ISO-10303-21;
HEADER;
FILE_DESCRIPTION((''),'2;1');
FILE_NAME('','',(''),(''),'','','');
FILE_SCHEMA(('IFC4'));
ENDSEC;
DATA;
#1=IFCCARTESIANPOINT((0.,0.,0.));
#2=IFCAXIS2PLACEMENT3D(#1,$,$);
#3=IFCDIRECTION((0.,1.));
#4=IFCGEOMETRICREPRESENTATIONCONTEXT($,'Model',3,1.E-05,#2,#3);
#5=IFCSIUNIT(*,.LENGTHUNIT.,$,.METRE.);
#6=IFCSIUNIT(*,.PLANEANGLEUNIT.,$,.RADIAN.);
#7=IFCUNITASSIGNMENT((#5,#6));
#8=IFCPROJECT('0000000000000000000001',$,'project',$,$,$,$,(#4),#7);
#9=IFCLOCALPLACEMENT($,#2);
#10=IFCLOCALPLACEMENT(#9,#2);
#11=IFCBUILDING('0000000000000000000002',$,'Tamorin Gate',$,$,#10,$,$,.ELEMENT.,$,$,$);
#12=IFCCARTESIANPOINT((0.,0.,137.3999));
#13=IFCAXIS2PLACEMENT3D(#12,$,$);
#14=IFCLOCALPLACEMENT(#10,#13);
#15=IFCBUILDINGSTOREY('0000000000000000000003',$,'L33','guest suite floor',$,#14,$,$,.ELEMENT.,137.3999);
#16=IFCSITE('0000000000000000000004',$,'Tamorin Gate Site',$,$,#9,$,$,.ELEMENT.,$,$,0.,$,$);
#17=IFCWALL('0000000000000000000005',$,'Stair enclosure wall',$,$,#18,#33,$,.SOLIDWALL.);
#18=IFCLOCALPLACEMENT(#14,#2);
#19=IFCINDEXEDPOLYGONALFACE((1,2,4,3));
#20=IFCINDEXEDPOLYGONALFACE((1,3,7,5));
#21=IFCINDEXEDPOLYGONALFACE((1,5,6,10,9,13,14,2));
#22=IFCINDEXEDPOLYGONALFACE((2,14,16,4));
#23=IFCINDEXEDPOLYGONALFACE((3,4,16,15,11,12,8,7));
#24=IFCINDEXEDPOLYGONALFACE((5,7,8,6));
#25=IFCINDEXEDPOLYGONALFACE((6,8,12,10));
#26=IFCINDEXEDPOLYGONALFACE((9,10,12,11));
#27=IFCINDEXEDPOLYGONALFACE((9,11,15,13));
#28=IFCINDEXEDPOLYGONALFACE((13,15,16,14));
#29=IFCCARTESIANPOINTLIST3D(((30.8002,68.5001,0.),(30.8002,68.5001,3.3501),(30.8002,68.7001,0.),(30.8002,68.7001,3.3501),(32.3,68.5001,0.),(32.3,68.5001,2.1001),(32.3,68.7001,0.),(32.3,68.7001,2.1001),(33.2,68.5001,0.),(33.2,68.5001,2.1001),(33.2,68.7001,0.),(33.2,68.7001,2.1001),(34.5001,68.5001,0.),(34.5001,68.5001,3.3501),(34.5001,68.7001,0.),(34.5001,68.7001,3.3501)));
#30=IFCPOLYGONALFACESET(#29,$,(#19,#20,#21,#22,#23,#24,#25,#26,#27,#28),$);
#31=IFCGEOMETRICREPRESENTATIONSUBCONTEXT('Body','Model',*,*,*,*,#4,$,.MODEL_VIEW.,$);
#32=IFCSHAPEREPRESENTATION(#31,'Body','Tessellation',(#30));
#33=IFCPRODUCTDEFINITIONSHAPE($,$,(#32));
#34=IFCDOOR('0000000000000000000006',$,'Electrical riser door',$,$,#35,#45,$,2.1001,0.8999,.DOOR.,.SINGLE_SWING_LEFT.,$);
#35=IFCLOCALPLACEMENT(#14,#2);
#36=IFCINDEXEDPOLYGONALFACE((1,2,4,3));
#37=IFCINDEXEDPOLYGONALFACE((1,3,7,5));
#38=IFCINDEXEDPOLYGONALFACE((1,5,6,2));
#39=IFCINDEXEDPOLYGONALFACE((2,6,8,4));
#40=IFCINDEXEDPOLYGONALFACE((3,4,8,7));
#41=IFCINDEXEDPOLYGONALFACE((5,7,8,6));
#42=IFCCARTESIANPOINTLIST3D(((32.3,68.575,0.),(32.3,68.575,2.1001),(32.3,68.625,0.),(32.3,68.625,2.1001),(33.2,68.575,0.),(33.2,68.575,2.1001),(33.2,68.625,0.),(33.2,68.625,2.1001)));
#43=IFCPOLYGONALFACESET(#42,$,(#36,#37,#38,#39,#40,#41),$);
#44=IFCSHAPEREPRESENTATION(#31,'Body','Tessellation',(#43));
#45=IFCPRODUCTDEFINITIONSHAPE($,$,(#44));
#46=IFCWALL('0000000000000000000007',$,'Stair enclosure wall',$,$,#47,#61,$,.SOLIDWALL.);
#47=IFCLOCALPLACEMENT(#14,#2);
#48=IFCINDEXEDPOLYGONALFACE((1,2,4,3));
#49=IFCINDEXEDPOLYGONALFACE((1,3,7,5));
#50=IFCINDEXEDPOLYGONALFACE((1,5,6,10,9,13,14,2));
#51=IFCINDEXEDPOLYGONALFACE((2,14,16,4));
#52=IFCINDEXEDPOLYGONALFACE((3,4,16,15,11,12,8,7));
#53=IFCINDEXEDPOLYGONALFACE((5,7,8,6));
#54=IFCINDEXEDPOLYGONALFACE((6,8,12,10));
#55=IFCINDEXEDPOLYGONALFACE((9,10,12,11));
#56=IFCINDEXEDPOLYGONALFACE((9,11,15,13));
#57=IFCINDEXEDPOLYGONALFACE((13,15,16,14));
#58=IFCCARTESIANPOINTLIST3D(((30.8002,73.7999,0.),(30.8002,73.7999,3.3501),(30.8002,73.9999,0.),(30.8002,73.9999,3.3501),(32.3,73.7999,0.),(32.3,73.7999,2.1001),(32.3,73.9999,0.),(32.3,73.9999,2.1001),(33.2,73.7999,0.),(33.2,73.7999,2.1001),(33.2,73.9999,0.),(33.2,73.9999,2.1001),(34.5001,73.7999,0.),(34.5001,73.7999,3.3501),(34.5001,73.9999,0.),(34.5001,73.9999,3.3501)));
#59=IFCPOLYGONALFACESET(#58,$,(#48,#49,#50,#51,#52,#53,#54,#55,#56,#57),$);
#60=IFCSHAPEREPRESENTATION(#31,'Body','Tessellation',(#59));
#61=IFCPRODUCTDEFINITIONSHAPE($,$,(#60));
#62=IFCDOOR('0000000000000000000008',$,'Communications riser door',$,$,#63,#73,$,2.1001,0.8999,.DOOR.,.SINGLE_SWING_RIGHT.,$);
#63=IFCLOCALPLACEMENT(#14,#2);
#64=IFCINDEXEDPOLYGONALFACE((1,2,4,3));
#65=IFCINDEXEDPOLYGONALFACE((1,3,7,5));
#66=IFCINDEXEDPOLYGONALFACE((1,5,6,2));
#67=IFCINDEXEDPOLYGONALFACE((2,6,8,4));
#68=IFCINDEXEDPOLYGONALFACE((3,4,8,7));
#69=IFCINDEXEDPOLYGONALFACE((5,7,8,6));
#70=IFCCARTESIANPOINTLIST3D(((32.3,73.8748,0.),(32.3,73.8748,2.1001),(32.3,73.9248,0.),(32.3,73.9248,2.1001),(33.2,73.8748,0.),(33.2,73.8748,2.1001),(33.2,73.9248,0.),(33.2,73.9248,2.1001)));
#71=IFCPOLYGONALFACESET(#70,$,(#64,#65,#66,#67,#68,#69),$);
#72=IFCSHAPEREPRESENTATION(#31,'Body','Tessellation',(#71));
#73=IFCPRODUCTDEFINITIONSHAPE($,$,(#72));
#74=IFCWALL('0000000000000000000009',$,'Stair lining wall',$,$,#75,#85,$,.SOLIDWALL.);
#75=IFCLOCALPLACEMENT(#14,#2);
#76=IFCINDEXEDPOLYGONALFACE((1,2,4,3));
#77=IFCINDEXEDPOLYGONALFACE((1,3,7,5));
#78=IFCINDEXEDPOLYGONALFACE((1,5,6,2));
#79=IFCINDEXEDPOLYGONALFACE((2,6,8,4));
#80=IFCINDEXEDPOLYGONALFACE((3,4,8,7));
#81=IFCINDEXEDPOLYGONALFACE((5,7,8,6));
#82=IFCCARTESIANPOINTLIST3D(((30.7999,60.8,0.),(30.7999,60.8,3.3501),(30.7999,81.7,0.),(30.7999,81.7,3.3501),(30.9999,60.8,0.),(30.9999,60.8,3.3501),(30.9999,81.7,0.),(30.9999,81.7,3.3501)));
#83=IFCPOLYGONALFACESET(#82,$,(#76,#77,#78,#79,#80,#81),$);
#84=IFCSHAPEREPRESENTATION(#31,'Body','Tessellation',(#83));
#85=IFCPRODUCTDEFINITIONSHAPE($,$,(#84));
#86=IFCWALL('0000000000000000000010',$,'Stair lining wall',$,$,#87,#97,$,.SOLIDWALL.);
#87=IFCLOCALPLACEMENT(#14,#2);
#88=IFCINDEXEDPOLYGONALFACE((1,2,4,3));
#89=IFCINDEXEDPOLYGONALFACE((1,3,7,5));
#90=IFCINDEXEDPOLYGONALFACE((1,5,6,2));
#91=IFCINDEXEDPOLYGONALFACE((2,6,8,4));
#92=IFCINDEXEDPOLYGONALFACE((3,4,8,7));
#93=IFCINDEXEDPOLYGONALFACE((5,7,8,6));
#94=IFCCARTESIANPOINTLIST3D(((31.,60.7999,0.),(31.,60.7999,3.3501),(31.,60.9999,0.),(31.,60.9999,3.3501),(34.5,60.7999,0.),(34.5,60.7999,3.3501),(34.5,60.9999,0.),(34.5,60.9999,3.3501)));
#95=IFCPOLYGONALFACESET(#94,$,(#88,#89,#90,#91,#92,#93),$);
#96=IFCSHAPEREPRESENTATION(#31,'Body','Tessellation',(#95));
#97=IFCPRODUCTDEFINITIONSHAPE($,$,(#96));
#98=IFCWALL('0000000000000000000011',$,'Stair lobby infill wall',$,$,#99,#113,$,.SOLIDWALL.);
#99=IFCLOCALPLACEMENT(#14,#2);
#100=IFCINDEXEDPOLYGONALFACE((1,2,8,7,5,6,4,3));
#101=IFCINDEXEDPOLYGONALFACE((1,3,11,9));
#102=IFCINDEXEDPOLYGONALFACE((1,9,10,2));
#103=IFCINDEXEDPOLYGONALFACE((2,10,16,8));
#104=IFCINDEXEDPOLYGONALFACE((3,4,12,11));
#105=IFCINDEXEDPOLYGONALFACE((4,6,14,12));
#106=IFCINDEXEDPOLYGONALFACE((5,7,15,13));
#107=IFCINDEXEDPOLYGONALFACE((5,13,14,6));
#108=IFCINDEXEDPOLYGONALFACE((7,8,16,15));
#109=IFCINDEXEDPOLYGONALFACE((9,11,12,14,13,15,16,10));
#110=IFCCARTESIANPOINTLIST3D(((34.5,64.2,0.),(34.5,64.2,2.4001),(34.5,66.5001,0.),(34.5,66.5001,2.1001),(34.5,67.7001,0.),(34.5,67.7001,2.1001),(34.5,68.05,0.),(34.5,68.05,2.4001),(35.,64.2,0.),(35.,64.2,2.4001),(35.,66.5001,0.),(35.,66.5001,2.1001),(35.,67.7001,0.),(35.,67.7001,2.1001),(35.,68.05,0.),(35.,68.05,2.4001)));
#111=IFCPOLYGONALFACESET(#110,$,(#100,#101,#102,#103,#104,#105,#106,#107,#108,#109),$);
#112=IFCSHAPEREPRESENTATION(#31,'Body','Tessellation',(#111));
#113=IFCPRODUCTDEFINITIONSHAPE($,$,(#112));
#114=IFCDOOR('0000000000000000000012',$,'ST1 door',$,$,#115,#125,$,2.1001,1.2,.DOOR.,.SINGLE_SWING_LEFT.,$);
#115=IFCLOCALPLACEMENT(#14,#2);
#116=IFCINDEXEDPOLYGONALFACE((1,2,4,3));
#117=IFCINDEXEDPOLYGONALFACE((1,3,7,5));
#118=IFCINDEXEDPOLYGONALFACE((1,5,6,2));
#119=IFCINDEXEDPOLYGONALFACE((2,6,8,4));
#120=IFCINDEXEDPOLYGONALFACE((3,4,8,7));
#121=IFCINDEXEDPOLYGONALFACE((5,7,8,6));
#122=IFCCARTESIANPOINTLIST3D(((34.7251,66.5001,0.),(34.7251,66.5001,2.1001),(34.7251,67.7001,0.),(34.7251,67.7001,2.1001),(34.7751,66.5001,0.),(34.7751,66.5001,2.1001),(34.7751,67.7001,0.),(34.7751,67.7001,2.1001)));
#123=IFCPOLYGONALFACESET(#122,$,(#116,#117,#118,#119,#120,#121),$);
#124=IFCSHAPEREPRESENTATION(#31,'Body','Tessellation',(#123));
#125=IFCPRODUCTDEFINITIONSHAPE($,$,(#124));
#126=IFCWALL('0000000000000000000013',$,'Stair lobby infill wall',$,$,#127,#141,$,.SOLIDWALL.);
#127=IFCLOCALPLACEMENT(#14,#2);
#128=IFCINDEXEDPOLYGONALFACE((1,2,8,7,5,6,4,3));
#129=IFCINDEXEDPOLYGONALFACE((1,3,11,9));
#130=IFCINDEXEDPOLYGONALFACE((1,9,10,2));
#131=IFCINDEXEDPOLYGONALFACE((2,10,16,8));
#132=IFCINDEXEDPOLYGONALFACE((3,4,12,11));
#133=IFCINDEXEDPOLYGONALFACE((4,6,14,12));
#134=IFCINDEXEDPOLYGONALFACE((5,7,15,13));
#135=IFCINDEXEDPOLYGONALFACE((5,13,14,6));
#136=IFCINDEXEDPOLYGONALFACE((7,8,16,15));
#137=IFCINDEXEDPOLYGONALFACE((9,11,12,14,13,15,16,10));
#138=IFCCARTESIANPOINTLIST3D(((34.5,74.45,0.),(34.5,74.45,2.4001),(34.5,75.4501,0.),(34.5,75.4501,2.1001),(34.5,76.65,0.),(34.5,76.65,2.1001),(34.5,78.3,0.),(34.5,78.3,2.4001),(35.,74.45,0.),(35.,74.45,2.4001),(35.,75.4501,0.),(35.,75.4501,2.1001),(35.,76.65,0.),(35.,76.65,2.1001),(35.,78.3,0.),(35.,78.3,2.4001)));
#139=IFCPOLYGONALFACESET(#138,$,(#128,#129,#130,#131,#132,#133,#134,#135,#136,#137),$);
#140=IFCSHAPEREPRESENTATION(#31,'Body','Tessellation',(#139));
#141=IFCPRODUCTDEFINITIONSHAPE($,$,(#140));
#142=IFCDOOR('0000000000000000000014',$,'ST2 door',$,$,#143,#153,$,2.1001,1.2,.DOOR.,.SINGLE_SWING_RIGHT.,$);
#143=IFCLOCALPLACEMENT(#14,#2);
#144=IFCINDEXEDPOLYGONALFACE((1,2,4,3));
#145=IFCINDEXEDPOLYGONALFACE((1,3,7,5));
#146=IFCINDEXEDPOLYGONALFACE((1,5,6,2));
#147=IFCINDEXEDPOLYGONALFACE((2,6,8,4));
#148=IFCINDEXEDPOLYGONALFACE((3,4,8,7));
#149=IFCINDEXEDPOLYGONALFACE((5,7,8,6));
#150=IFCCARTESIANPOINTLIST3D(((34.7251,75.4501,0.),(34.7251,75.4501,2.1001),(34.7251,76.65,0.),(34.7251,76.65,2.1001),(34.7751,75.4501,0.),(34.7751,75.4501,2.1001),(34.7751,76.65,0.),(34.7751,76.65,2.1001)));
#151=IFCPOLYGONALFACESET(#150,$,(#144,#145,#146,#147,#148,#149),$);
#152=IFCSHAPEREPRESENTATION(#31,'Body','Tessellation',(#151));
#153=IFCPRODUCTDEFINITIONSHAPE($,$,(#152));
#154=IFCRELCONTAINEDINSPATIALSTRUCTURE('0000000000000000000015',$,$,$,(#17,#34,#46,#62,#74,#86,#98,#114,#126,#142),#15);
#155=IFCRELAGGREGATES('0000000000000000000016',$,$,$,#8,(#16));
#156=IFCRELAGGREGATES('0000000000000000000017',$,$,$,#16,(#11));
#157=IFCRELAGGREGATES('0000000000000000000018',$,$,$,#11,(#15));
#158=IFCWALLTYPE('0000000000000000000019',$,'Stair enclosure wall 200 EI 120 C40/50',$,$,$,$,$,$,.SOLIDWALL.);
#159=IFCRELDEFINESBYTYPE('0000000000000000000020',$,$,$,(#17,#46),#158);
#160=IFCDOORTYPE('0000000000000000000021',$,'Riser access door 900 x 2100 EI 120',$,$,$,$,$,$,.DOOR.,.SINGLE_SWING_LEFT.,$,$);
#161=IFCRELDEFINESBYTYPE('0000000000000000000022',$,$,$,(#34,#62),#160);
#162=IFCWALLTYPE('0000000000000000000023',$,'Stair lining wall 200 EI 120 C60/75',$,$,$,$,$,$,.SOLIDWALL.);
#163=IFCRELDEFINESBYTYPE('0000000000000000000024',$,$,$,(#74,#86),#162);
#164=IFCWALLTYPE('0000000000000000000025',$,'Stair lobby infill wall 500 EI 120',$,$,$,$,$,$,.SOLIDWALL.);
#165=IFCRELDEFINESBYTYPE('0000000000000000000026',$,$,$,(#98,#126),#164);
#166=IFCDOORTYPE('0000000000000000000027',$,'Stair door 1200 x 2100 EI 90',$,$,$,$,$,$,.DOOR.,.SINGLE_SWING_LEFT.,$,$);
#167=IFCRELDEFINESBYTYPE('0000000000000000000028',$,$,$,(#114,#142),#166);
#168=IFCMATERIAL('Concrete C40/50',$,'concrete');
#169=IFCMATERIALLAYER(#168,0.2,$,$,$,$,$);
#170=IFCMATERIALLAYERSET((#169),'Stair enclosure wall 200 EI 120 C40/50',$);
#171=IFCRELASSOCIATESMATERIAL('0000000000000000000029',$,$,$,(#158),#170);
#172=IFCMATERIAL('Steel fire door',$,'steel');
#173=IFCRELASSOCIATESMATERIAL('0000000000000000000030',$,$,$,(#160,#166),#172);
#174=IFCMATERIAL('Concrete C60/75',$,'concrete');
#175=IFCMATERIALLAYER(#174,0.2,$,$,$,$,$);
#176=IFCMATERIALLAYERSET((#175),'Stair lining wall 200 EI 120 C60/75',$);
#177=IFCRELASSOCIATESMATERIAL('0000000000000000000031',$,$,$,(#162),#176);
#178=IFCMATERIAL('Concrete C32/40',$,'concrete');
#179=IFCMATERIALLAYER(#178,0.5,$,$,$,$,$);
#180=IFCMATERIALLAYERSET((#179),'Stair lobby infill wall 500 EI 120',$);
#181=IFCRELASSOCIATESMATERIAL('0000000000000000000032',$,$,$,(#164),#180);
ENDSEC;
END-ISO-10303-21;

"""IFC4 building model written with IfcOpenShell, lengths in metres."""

from ifc_helpers import new_model, si_unit, direction, frame, frame_2d, origin, place, context, subcontext, project, spatial, rectangle, extrude, material, layer, layer_set, type_object, element, fill, save


model = new_model("IFC4")

# Units and contexts
model_context = context("Model", 3, precision=1e-05, world=origin(), true_north=direction((0.0, 1.0)))
body_context = subcontext(model_context, "Body", "Model", "MODEL_VIEW")
ifc_project = project(units=[si_unit("LENGTHUNIT", "METRE"), si_unit("PLANEANGLEUNIT", "RADIAN")], contexts=[model_context])

# Site, building, storey
site_placement = place(None, origin())
site = spatial("IfcSite", under=ifc_project, at=site_placement, Name="Tamorin Gate Site", CompositionType="ELEMENT", RefElevation=0.0)
building_placement = place(site_placement, origin())
building = spatial("IfcBuilding", under=site, at=building_placement, Name="Tamorin Gate", CompositionType="ELEMENT")
storey_placement = place(building_placement, frame((0.0, 0.0, 137.3999)))
storey = spatial("IfcBuildingStorey", under=building, at=storey_placement, Name="L33", Description="guest suite floor", CompositionType="ELEMENT", Elevation=137.3999)

# Shared definitions
ifc_material_1 = material(Name="Concrete C60/75", Category="concrete")

# Walls, openings, doors
ifc_material_2 = material(Name="Concrete C40/50", Category="concrete")
ifc_layer_1 = layer(ifc_material_2, 0.2)
ifc_layer_set_1 = layer_set([ifc_layer_1], Name="Stair enclosure wall 200 EI 120 C40/50")
wall_type_1 = type_object("IfcWallType", Name="Stair enclosure wall 200 EI 120 C40/50", PredefinedType="SOLIDWALL", material=ifc_layer_set_1)
wall_1_placement = place(storey_placement, frame((30.8, 68.6001, 0.0), z_axis=(0.0, 0.0, 1.0), x_axis=(1.0, 0.0, 0.0)))
wall_1 = element("IfcWall", 1, at=wall_1_placement, inside=storey, type_object=wall_type_1, Name="Stair enclosure wall", PredefinedType="SOLIDWALL", context=body_context, shape_type="SweptSolid", body=[
    extrude(rectangle(XDim=3.7, YDim=0.2, at=frame_2d((1.8501, 0.0))), origin(), (0.0, 0.0, 1.0), 3.3501),
])
opening_1_placement = place(wall_1_placement, frame((1.5, 0.0, 0.0)))
opening_1 = element("IfcOpeningElement", 2, at=opening_1_placement, cuts=wall_1, PredefinedType="OPENING", context=body_context, shape_type="SweptSolid", body=[
    extrude(rectangle(XDim=0.8999, YDim=2.1001, at=frame_2d((0.45, 1.05))), frame((0.0, 0.1099, 0.0), z_axis=(0.0, -1.0, 0.0), x_axis=(1.0, 0.0, 0.0)), (0.0, 0.0, 1.0), 0.22),
])
ifc_material_3 = material(Name="Steel fire door", Category="steel")
door_type_1 = type_object("IfcDoorType", Name="Riser access door 900 x 2100 EI 120", OperationType="SINGLE_SWING_LEFT", PredefinedType="DOOR", material=ifc_material_3)
door_1_placement = place(opening_1_placement, origin())
door_1 = element("IfcDoor", 3, at=door_1_placement, inside=storey, type_object=door_type_1, Name="Electrical riser door", OperationType="SINGLE_SWING_LEFT", OverallHeight=2.1001, OverallWidth=0.8999, PredefinedType="DOOR", context=body_context, shape_type="SweptSolid", body=[
    extrude(rectangle(XDim=0.8999, YDim=2.1001, at=frame_2d((0.45, 1.05))), frame((0.0, 0.0249, 0.0), z_axis=(0.0, -1.0, 0.0), x_axis=(1.0, 0.0, 0.0)), (0.0, 0.0, 1.0), 0.05),
])
fill(opening_1, door_1)
wall_2_placement = place(storey_placement, frame((30.8, 73.8999, 0.0), z_axis=(0.0, 0.0, 1.0), x_axis=(1.0, 0.0, 0.0)))
wall_2 = element("IfcWall", 4, at=wall_2_placement, inside=storey, type_object=wall_type_1, Name="Stair enclosure wall", PredefinedType="SOLIDWALL", context=body_context, shape_type="SweptSolid", body=[
    extrude(rectangle(XDim=3.7, YDim=0.2, at=frame_2d((1.8501, 0.0))), origin(), (0.0, 0.0, 1.0), 3.3501),
])
opening_2_placement = place(wall_2_placement, frame((1.5, 0.0, 0.0)))
opening_2 = element("IfcOpeningElement", 5, at=opening_2_placement, cuts=wall_2, PredefinedType="OPENING", context=body_context, shape_type="SweptSolid", body=[
    extrude(rectangle(XDim=0.8999, YDim=2.1001, at=frame_2d((0.45, 1.05))), frame((0.0, 0.1099, 0.0), z_axis=(0.0, -1.0, 0.0), x_axis=(1.0, 0.0, 0.0)), (0.0, 0.0, 1.0), 0.22),
])
door_2_placement = place(opening_2_placement, origin())
door_2 = element("IfcDoor", 6, at=door_2_placement, inside=storey, type_object=door_type_1, Name="Communications riser door", OperationType="SINGLE_SWING_RIGHT", OverallHeight=2.1001, OverallWidth=0.8999, PredefinedType="DOOR", context=body_context, shape_type="SweptSolid", body=[
    extrude(rectangle(XDim=0.8999, YDim=2.1001, at=frame_2d((0.45, 1.05))), frame((0.0, 0.0249, 0.0), z_axis=(0.0, -1.0, 0.0), x_axis=(1.0, 0.0, 0.0)), (0.0, 0.0, 1.0), 0.05),
])
fill(opening_2, door_2)

# Walls
ifc_layer_2 = layer(ifc_material_1, 0.2)
ifc_layer_set_2 = layer_set([ifc_layer_2], Name="Stair lining wall 200 EI 120 C60/75")
wall_type_2 = type_object("IfcWallType", Name="Stair lining wall 200 EI 120 C60/75", PredefinedType="SOLIDWALL", material=ifc_layer_set_2)
wall_3_placement = place(storey_placement, frame((30.8999, 60.8, 0.0), z_axis=(0.0, 0.0, 1.0), x_axis=(0.0, 1.0, 0.0)))
element("IfcWall", 7, at=wall_3_placement, inside=storey, type_object=wall_type_2, Name="Stair lining wall", PredefinedType="SOLIDWALL", context=body_context, shape_type="SweptSolid", body=[
    extrude(rectangle(XDim=20.8999, YDim=0.2, at=frame_2d((10.45, 0.0))), origin(), (0.0, 0.0, 1.0), 3.3501),
])
wall_4_placement = place(storey_placement, frame((31.0, 60.8999, 0.0), z_axis=(0.0, 0.0, 1.0), x_axis=(1.0, 0.0, 0.0)))
element("IfcWall", 8, at=wall_4_placement, inside=storey, type_object=wall_type_2, Name="Stair lining wall", PredefinedType="SOLIDWALL", context=body_context, shape_type="SweptSolid", body=[
    extrude(rectangle(XDim=3.5, YDim=0.2, at=frame_2d((1.75, 0.0))), origin(), (0.0, 0.0, 1.0), 3.3501),
])

# Walls, openings, doors
ifc_material_4 = material(Name="Concrete C32/40", Category="concrete")
ifc_layer_3 = layer(ifc_material_4, 0.5)
ifc_layer_set_3 = layer_set([ifc_layer_3], Name="Stair lobby infill wall 500 EI 120")
wall_type_3 = type_object("IfcWallType", Name="Stair lobby infill wall 500 EI 120", PredefinedType="SOLIDWALL", material=ifc_layer_set_3)
wall_5_placement = place(storey_placement, frame((34.75, 64.2, 0.0), z_axis=(0.0, 0.0, 1.0), x_axis=(0.0, 1.0, 0.0)))
wall_5 = element("IfcWall", 9, at=wall_5_placement, inside=storey, type_object=wall_type_3, Name="Stair lobby infill wall", PredefinedType="SOLIDWALL", context=body_context, shape_type="SweptSolid", body=[
    extrude(rectangle(XDim=3.8501, YDim=0.5, at=frame_2d((1.925, 0.0))), origin(), (0.0, 0.0, 1.0), 2.4001),
])
opening_3_placement = place(wall_5_placement, frame((2.3, 0.0, 0.0)))
opening_3 = element("IfcOpeningElement", 10, at=opening_3_placement, cuts=wall_5, PredefinedType="OPENING", context=body_context, shape_type="SweptSolid", body=[
    extrude(rectangle(XDim=1.2, YDim=2.1001, at=frame_2d((0.6001, 1.05))), frame((0.0, 0.26, 0.0), z_axis=(0.0, -1.0, 0.0), x_axis=(1.0, 0.0, 0.0)), (0.0, 0.0, 1.0), 0.52),
])
door_type_2 = type_object("IfcDoorType", Name="Stair door 1200 x 2100 EI 90", OperationType="SINGLE_SWING_LEFT", PredefinedType="DOOR", material=ifc_material_3)
door_3_placement = place(opening_3_placement, origin())
door_3 = element("IfcDoor", 11, at=door_3_placement, inside=storey, type_object=door_type_2, Name="ST1 door", OperationType="SINGLE_SWING_LEFT", OverallHeight=2.1001, OverallWidth=1.2, PredefinedType="DOOR", context=body_context, shape_type="SweptSolid", body=[
    extrude(rectangle(XDim=1.2, YDim=2.1001, at=frame_2d((0.6001, 1.05))), frame((0.0, 0.0249, 0.0), z_axis=(0.0, -1.0, 0.0), x_axis=(1.0, 0.0, 0.0)), (0.0, 0.0, 1.0), 0.05),
])
fill(opening_3, door_3)
wall_6_placement = place(storey_placement, frame((34.75, 74.45, 0.0), z_axis=(0.0, 0.0, 1.0), x_axis=(0.0, 1.0, 0.0)))
wall_6 = element("IfcWall", 12, at=wall_6_placement, inside=storey, type_object=wall_type_3, Name="Stair lobby infill wall", PredefinedType="SOLIDWALL", context=body_context, shape_type="SweptSolid", body=[
    extrude(rectangle(XDim=3.8501, YDim=0.5, at=frame_2d((1.925, 0.0))), origin(), (0.0, 0.0, 1.0), 2.4001),
])
opening_4_placement = place(wall_6_placement, frame((1.0, 0.0, 0.0)))
opening_4 = element("IfcOpeningElement", 13, at=opening_4_placement, cuts=wall_6, PredefinedType="OPENING", context=body_context, shape_type="SweptSolid", body=[
    extrude(rectangle(XDim=1.2, YDim=2.1001, at=frame_2d((0.6001, 1.05))), frame((0.0, 0.26, 0.0), z_axis=(0.0, -1.0, 0.0), x_axis=(1.0, 0.0, 0.0)), (0.0, 0.0, 1.0), 0.52),
])
door_4_placement = place(opening_4_placement, origin())
door_4 = element("IfcDoor", 14, at=door_4_placement, inside=storey, type_object=door_type_2, Name="ST2 door", OperationType="SINGLE_SWING_RIGHT", OverallHeight=2.1001, OverallWidth=1.2, PredefinedType="DOOR", context=body_context, shape_type="SweptSolid", body=[
    extrude(rectangle(XDim=1.2, YDim=2.1001, at=frame_2d((0.6001, 1.05))), frame((0.0, 0.0249, 0.0), z_axis=(0.0, -1.0, 0.0), x_axis=(1.0, 0.0, 0.0)), (0.0, 0.0, 1.0), 0.05),
])
fill(opening_4, door_4)

save(model, "model.ifc")
